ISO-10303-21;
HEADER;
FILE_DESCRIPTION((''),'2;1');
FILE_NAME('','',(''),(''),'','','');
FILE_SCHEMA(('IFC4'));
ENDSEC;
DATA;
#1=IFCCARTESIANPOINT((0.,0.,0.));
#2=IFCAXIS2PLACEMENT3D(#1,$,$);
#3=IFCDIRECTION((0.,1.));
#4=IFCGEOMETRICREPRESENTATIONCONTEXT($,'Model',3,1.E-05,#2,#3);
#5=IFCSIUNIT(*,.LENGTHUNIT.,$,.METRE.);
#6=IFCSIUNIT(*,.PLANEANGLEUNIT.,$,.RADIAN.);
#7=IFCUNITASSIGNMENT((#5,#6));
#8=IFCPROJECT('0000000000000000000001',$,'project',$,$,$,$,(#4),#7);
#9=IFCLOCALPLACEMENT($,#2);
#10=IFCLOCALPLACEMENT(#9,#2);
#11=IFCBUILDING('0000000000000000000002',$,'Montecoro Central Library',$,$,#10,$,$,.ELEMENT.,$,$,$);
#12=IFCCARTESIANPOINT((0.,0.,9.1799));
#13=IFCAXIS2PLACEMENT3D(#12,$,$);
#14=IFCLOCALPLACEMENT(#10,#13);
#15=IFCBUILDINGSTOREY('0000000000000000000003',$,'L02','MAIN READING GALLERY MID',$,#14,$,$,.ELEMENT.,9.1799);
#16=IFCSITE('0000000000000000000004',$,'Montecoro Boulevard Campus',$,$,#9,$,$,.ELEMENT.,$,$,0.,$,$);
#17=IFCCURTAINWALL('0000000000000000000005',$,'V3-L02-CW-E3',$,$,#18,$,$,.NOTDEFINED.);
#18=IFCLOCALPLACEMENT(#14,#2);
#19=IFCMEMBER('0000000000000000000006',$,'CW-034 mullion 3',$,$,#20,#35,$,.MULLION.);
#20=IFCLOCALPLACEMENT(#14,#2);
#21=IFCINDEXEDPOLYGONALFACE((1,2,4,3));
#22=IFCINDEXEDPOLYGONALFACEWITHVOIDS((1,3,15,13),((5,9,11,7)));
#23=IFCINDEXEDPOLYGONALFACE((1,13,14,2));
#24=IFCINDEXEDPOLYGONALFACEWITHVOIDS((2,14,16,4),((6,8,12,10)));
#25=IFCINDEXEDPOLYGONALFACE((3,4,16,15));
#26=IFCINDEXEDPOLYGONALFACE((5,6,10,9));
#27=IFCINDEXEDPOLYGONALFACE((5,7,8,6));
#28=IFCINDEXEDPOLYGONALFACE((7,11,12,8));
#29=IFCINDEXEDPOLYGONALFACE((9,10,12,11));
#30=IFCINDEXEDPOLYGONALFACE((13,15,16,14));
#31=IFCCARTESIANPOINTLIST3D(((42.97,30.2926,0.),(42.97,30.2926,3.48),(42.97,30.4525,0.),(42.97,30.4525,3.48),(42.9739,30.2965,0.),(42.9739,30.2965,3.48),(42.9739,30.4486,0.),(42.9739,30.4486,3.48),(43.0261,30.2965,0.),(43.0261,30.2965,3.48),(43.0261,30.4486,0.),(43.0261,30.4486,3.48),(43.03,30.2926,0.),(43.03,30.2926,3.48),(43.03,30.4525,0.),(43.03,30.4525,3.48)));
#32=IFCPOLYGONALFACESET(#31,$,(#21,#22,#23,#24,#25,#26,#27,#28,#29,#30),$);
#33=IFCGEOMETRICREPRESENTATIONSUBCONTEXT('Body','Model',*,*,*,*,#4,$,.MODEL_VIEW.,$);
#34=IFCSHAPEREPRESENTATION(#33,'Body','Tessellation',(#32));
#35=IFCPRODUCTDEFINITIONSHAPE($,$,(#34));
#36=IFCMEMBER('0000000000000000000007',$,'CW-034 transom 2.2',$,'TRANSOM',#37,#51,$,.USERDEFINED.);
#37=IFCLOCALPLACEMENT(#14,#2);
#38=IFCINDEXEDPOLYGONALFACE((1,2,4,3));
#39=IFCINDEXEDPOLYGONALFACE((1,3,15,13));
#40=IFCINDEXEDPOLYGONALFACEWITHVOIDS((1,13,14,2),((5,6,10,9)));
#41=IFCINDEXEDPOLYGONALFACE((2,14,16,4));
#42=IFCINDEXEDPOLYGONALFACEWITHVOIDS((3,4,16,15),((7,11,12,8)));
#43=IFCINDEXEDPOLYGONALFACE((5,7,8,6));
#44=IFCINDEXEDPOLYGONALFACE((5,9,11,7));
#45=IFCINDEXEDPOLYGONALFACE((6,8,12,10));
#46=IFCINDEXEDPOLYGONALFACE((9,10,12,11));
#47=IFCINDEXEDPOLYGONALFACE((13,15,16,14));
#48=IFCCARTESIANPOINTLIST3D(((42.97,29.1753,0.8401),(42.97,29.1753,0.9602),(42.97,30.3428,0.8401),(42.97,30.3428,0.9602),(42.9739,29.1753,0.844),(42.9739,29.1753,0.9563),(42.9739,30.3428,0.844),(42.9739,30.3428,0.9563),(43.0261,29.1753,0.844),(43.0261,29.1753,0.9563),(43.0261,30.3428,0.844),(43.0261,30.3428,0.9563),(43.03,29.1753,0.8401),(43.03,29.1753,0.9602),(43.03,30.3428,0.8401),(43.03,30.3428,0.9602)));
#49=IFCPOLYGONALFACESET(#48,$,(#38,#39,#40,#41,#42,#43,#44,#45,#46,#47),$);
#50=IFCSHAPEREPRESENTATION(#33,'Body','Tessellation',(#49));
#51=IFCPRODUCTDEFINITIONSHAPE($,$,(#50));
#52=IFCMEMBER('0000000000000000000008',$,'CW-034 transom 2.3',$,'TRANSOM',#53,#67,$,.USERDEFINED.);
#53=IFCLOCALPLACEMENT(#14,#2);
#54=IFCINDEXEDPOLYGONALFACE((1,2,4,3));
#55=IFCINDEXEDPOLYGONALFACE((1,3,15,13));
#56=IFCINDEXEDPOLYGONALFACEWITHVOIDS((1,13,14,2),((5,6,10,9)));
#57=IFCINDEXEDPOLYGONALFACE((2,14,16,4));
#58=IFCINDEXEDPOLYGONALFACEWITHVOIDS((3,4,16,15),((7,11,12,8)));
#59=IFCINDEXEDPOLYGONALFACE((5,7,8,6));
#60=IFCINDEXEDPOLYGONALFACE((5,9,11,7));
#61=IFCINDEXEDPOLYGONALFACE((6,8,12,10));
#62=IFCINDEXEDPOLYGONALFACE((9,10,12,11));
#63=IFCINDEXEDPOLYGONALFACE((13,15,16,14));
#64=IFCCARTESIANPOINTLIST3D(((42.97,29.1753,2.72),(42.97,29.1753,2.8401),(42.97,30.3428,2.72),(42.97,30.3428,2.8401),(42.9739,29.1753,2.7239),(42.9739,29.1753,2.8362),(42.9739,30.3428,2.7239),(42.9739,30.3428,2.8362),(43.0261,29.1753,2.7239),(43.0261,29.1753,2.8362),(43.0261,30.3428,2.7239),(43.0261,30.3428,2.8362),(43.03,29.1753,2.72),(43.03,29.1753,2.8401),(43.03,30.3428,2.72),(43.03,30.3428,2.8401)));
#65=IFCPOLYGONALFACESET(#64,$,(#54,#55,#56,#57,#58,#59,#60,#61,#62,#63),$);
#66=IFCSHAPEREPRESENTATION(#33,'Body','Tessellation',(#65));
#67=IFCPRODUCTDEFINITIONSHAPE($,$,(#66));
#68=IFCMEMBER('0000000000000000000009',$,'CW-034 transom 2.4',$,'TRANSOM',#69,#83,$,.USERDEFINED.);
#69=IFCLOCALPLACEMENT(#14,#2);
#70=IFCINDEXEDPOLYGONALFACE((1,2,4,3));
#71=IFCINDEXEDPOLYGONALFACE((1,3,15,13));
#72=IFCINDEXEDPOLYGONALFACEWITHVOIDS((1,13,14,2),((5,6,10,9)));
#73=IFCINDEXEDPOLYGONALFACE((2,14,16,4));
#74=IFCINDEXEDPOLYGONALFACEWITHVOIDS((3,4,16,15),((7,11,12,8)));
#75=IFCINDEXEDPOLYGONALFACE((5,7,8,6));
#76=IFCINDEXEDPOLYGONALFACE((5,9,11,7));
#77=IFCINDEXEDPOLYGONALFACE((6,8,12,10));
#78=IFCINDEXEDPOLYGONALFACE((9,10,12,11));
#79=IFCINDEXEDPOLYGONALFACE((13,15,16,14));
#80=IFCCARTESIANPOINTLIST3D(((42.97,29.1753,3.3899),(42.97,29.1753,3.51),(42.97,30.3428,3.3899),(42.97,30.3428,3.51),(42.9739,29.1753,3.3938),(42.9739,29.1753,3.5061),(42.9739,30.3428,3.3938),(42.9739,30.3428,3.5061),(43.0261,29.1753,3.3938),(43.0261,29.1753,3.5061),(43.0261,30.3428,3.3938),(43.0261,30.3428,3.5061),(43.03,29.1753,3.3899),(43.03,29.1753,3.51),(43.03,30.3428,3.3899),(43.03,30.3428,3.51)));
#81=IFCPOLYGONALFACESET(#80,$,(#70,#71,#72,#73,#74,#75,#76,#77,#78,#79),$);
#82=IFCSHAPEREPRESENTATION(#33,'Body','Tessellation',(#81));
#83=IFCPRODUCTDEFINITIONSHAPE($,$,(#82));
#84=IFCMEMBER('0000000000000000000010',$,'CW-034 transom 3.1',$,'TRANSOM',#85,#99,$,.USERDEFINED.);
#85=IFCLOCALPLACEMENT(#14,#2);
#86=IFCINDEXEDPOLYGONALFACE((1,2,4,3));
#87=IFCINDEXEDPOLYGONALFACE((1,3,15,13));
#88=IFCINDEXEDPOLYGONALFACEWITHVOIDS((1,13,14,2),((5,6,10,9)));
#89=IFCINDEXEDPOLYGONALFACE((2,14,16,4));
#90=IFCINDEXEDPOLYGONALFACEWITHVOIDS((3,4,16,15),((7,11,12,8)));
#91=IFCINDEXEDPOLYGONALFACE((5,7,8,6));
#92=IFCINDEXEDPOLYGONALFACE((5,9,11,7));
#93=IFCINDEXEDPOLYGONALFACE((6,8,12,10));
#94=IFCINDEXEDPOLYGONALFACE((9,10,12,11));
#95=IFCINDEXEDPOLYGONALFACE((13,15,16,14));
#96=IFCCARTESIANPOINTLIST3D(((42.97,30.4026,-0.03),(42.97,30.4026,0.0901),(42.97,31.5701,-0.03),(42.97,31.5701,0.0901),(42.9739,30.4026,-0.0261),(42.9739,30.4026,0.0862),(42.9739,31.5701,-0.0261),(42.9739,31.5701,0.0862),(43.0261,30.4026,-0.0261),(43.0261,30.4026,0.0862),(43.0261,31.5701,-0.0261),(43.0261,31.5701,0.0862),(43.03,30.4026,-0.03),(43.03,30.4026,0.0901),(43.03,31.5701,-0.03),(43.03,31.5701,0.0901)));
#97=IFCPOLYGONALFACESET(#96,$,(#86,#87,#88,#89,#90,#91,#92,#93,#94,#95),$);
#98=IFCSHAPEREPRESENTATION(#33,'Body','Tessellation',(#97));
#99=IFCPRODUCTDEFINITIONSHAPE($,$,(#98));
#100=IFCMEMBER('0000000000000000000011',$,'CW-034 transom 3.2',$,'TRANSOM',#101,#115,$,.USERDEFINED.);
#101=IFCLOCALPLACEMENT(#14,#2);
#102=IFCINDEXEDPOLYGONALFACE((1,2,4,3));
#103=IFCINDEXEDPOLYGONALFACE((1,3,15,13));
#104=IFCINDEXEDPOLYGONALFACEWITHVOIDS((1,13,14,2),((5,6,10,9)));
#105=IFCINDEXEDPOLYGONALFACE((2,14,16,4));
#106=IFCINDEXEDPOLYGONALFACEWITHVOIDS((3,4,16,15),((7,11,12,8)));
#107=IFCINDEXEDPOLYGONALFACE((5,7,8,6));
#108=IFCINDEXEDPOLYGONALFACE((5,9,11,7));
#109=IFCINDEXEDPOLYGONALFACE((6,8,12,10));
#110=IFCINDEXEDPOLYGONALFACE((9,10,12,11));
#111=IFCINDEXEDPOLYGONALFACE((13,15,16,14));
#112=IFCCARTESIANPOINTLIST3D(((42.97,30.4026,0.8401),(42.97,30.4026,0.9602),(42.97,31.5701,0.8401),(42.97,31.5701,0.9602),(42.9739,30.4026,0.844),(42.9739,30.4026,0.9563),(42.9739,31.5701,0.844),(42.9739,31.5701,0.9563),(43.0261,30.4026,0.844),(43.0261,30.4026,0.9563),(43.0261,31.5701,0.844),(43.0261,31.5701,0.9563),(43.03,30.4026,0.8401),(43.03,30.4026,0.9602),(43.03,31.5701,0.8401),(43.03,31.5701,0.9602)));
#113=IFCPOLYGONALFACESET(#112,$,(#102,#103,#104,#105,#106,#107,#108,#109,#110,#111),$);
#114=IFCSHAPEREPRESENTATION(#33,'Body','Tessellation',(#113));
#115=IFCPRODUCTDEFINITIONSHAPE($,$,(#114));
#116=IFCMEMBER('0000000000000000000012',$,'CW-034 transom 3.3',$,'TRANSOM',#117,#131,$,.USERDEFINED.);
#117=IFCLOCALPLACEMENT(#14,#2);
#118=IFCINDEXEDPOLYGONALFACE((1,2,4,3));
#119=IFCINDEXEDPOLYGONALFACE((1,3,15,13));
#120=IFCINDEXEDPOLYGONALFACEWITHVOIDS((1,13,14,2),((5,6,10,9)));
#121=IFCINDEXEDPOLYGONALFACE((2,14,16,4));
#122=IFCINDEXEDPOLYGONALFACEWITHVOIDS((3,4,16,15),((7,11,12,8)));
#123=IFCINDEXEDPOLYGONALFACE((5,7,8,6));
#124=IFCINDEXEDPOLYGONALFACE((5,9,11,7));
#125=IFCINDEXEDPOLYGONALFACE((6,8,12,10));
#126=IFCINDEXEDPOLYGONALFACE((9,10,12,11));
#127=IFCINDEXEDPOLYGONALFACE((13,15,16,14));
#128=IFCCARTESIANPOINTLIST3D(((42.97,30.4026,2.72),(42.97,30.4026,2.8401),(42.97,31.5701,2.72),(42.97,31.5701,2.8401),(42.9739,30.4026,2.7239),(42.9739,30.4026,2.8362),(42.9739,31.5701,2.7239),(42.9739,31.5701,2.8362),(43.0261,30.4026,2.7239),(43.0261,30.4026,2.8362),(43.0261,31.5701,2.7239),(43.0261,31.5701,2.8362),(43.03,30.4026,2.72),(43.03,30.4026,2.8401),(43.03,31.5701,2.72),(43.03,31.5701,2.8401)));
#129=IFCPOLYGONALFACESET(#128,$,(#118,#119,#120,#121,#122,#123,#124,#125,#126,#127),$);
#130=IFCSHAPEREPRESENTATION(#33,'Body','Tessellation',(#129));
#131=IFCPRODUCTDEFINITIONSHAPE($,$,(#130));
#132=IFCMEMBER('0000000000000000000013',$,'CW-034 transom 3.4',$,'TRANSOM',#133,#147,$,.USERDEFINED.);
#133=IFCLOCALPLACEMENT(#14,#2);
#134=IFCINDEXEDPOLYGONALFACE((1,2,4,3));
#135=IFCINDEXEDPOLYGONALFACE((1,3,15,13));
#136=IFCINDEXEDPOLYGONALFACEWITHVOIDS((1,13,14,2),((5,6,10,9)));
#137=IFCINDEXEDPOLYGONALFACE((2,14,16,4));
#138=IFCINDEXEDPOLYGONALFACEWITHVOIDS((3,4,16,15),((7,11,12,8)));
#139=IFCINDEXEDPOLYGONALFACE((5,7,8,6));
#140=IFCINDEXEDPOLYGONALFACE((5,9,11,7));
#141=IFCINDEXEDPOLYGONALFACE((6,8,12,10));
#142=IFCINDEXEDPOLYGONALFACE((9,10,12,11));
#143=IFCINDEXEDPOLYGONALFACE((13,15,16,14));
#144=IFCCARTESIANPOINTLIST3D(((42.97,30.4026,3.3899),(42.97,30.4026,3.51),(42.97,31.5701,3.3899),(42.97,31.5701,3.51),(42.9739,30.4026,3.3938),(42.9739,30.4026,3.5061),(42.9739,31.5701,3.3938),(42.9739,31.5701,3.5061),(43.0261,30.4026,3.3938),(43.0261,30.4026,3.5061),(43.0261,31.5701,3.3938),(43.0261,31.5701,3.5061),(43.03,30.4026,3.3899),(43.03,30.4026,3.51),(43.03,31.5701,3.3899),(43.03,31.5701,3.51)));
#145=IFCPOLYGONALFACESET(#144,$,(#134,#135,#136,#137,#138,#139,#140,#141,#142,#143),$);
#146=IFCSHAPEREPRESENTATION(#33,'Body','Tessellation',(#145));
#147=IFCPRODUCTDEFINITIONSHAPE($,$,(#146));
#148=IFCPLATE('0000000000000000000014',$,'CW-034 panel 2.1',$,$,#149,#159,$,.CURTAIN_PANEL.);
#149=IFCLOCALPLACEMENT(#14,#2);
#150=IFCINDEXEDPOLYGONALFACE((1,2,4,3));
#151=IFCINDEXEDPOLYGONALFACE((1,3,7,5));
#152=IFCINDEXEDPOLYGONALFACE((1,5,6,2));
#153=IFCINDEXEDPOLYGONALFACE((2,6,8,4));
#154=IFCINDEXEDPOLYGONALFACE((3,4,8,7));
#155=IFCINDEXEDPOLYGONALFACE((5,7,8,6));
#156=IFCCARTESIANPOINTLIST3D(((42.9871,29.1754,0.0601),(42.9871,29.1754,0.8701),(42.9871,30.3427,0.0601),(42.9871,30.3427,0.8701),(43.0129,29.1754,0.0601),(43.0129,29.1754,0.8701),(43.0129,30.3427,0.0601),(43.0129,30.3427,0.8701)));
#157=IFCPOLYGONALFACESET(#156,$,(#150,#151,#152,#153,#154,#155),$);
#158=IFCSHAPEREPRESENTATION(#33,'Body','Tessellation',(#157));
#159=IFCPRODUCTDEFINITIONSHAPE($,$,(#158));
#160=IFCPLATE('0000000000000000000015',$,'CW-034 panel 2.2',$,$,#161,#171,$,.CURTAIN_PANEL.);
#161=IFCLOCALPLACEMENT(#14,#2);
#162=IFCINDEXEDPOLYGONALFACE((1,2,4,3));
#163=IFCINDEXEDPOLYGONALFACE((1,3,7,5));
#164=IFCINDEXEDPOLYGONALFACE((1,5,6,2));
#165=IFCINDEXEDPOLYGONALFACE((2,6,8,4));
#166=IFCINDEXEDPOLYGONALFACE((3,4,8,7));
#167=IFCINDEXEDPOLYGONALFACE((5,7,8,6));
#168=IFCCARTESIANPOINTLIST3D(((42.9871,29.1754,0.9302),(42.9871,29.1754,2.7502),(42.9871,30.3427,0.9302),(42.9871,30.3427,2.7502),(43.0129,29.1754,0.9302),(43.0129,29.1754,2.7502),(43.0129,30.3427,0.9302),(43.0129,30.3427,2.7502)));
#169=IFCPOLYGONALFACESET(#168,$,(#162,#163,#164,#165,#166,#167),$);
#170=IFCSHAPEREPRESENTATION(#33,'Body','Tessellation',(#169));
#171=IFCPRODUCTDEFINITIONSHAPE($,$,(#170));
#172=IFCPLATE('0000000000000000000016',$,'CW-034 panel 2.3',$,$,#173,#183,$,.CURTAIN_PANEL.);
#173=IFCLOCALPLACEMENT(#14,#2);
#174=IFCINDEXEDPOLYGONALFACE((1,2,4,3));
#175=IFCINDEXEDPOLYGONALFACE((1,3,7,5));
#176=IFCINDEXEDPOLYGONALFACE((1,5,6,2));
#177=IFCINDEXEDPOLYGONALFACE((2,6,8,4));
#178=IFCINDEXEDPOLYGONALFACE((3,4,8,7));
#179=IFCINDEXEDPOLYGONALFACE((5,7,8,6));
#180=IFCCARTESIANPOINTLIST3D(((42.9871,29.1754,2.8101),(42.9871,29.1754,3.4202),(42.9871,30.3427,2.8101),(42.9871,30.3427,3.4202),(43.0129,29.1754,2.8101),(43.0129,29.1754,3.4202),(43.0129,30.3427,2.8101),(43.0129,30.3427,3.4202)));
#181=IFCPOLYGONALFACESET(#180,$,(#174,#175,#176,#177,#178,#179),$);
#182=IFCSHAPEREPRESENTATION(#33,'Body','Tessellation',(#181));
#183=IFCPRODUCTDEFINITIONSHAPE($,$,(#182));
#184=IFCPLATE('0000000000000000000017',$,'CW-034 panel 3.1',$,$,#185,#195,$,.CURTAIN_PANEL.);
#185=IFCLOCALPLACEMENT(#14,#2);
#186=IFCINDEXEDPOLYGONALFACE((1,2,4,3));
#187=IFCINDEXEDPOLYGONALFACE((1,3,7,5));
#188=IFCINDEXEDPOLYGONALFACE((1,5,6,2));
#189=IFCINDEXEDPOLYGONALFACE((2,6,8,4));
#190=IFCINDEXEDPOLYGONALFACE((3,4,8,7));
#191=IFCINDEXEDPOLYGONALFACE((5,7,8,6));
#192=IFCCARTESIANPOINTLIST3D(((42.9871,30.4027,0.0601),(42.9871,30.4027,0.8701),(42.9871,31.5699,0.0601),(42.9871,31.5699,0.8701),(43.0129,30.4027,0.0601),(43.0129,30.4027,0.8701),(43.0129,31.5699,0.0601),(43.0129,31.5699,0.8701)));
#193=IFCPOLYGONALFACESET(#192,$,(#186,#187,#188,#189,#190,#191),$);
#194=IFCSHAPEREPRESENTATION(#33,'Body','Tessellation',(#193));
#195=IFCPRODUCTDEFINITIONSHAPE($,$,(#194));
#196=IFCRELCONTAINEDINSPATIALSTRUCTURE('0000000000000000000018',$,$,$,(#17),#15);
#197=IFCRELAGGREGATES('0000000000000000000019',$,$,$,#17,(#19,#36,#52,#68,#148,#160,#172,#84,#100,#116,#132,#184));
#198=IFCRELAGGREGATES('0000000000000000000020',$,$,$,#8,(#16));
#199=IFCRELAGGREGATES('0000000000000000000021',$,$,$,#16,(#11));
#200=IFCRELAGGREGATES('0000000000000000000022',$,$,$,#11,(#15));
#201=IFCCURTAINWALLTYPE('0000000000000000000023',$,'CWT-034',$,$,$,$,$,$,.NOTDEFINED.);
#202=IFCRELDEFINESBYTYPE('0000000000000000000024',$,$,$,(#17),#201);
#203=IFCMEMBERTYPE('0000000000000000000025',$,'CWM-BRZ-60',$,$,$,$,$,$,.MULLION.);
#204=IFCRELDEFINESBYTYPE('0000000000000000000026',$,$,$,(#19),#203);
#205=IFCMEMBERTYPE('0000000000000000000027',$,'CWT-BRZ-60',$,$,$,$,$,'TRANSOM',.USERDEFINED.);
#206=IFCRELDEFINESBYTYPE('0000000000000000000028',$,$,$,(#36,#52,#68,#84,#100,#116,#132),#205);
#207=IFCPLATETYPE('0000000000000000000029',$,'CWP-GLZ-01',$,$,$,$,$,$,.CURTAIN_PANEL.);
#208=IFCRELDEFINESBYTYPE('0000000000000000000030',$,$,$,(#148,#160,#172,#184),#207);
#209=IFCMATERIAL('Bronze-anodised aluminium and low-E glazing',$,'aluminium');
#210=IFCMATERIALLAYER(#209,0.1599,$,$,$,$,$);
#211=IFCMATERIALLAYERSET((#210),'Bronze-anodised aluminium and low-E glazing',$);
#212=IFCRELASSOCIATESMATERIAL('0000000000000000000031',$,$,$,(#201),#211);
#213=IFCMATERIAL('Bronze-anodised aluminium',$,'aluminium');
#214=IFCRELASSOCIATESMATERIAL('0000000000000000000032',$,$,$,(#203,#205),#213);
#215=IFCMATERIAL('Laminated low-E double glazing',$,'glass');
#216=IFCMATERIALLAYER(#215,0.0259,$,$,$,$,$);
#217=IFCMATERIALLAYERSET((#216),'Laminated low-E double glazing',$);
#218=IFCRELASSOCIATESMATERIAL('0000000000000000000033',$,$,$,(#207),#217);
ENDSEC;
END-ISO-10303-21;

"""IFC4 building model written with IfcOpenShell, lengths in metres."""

from ifc_helpers import new_model, si_unit, direction, frame, origin, origin_2d, place, context, subcontext, project, spatial, rectangle, hollow_rectangle, extrude, material, layer, layer_set, material_profile, profile_set, type_object, element, aggregate, save


model = new_model("IFC4")

# Units and contexts
model_context = context("Model", 3, precision=1e-05, world=origin(), true_north=direction((0.0, 1.0)))
body_context = subcontext(model_context, "Body", "Model", "MODEL_VIEW")
ifc_project = project(units=[si_unit("LENGTHUNIT", "METRE"), si_unit("PLANEANGLEUNIT", "RADIAN")], contexts=[model_context])

# Site, building, storey
site_placement = place(None, origin())
site = spatial("IfcSite", under=ifc_project, at=site_placement, Name="Montecoro Boulevard Campus", CompositionType="ELEMENT", RefElevation=0.0)
building_placement = place(site_placement, origin())
building = spatial("IfcBuilding", under=site, at=building_placement, Name="Montecoro Central Library", CompositionType="ELEMENT")
storey_placement = place(building_placement, frame((0.0, 0.0, 9.1799)))
storey = spatial("IfcBuildingStorey", under=building, at=storey_placement, Name="L02", Description="MAIN READING GALLERY MID", CompositionType="ELEMENT", Elevation=9.1799)

# Curtain wall, members, plates
ifc_material_1 = material(Name="Bronze-anodised aluminium and low-E glazing", Category="aluminium")
ifc_layer_1 = layer(ifc_material_1, 0.1599)
ifc_layer_set_1 = layer_set([ifc_layer_1], Name="Bronze-anodised aluminium and low-E glazing")
curtain_wall_type = type_object("IfcCurtainWallType", Name="CWT-034", PredefinedType="NOTDEFINED", material=ifc_layer_set_1)
curtain_wall_placement = place(storey_placement, origin())
curtain_wall = element("IfcCurtainWall", 1, at=curtain_wall_placement, inside=storey, type_object=curtain_wall_type, Name="V3-L02-CW-E3", PredefinedType="NOTDEFINED")
ifc_material_2 = material(Name="Bronze-anodised aluminium", Category="aluminium")
ifc_material_profile_1 = material_profile(ifc_material_2, hollow_rectangle(XDim=0.0601, YDim=0.1599, WallThickness=0.0039, at=origin_2d()), Name="CWM 160x60x4.0")
ifc_profile_set_1 = profile_set([ifc_material_profile_1], Name="Bronze-anodised aluminium")
member_type_1 = type_object("IfcMemberType", Name="CWM-BRZ-60", PredefinedType="MULLION", material=ifc_profile_set_1)
member_1_placement = place(storey_placement, frame((43.0, 30.3726, 0.0), z_axis=(0.0, 0.0, 1.0), x_axis=(-1.0, 0.0, 0.0)))
member_1 = element("IfcMember", 2, at=member_1_placement, type_object=member_type_1, Name="CW-034 mullion 3", PredefinedType="MULLION", context=body_context, shape_type="SweptSolid", body=[
    extrude(hollow_rectangle(XDim=0.0601, YDim=0.1599, WallThickness=0.0039, at=origin_2d()), origin(), (0.0, 0.0, 1.0), 3.48),
])
ifc_material_profile_2 = material_profile(ifc_material_2, hollow_rectangle(XDim=0.0601, YDim=0.1201, WallThickness=0.0039, at=origin_2d()), Name="CWT 120x60x4.0")
ifc_profile_set_2 = profile_set([ifc_material_profile_2], Name="Bronze-anodised aluminium")
member_type_2 = type_object("IfcMemberType", Name="CWT-BRZ-60", ElementType="TRANSOM", PredefinedType="USERDEFINED", material=ifc_profile_set_2)
member_2_placement = place(storey_placement, frame((43.0, 29.1753, 0.9001), z_axis=(0.0, 1.0, 0.0), x_axis=(-1.0, 0.0, 0.0)))
member_2 = element("IfcMember", 3, at=member_2_placement, type_object=member_type_2, Name="CW-034 transom 2.2", ObjectType="TRANSOM", PredefinedType="USERDEFINED", context=body_context, shape_type="SweptSolid", body=[
    extrude(hollow_rectangle(XDim=0.0601, YDim=0.1201, WallThickness=0.0039, at=origin_2d()), origin(), (0.0, 0.0, 1.0), 1.1675),
])
member_3_placement = place(storey_placement, frame((43.0, 29.1753, 2.78), z_axis=(0.0, 1.0, 0.0), x_axis=(-1.0, 0.0, 0.0)))
member_3 = element("IfcMember", 4, at=member_3_placement, type_object=member_type_2, Name="CW-034 transom 2.3", ObjectType="TRANSOM", PredefinedType="USERDEFINED", context=body_context, shape_type="SweptSolid", body=[
    extrude(hollow_rectangle(XDim=0.0601, YDim=0.1201, WallThickness=0.0039, at=origin_2d()), origin(), (0.0, 0.0, 1.0), 1.1675),
])
member_4_placement = place(storey_placement, frame((43.0, 29.1753, 3.45), z_axis=(0.0, 1.0, 0.0), x_axis=(-1.0, 0.0, 0.0)))
member_4 = element("IfcMember", 5, at=member_4_placement, type_object=member_type_2, Name="CW-034 transom 2.4", ObjectType="TRANSOM", PredefinedType="USERDEFINED", context=body_context, shape_type="SweptSolid", body=[
    extrude(hollow_rectangle(XDim=0.0601, YDim=0.1201, WallThickness=0.0039, at=origin_2d()), origin(), (0.0, 0.0, 1.0), 1.1675),
])
member_5_placement = place(storey_placement, frame((43.0, 30.4026, 0.03), z_axis=(0.0, 1.0, 0.0), x_axis=(-1.0, 0.0, 0.0)))
member_5 = element("IfcMember", 6, at=member_5_placement, type_object=member_type_2, Name="CW-034 transom 3.1", ObjectType="TRANSOM", PredefinedType="USERDEFINED", context=body_context, shape_type="SweptSolid", body=[
    extrude(hollow_rectangle(XDim=0.0601, YDim=0.1201, WallThickness=0.0039, at=origin_2d()), origin(), (0.0, 0.0, 1.0), 1.1675),
])
member_6_placement = place(storey_placement, frame((43.0, 30.4026, 0.9001), z_axis=(0.0, 1.0, 0.0), x_axis=(-1.0, 0.0, 0.0)))
member_6 = element("IfcMember", 7, at=member_6_placement, type_object=member_type_2, Name="CW-034 transom 3.2", ObjectType="TRANSOM", PredefinedType="USERDEFINED", context=body_context, shape_type="SweptSolid", body=[
    extrude(hollow_rectangle(XDim=0.0601, YDim=0.1201, WallThickness=0.0039, at=origin_2d()), origin(), (0.0, 0.0, 1.0), 1.1675),
])
member_7_placement = place(storey_placement, frame((43.0, 30.4026, 2.78), z_axis=(0.0, 1.0, 0.0), x_axis=(-1.0, 0.0, 0.0)))
member_7 = element("IfcMember", 8, at=member_7_placement, type_object=member_type_2, Name="CW-034 transom 3.3", ObjectType="TRANSOM", PredefinedType="USERDEFINED", context=body_context, shape_type="SweptSolid", body=[
    extrude(hollow_rectangle(XDim=0.0601, YDim=0.1201, WallThickness=0.0039, at=origin_2d()), origin(), (0.0, 0.0, 1.0), 1.1675),
])
member_8_placement = place(storey_placement, frame((43.0, 30.4026, 3.45), z_axis=(0.0, 1.0, 0.0), x_axis=(-1.0, 0.0, 0.0)))
member_8 = element("IfcMember", 9, at=member_8_placement, type_object=member_type_2, Name="CW-034 transom 3.4", ObjectType="TRANSOM", PredefinedType="USERDEFINED", context=body_context, shape_type="SweptSolid", body=[
    extrude(hollow_rectangle(XDim=0.0601, YDim=0.1201, WallThickness=0.0039, at=origin_2d()), origin(), (0.0, 0.0, 1.0), 1.1675),
])
ifc_material_3 = material(Name="Laminated low-E double glazing", Category="glass")
ifc_layer_2 = layer(ifc_material_3, 0.0259)
ifc_layer_set_2 = layer_set([ifc_layer_2], Name="Laminated low-E double glazing")
plate_type = type_object("IfcPlateType", Name="CWP-GLZ-01", PredefinedType="CURTAIN_PANEL", material=ifc_layer_set_2)
plate_1_placement = place(storey_placement, frame((43.0, 29.759, 0.0601), z_axis=(0.0, 0.0, 1.0), x_axis=(0.0, 1.0, 0.0)))
plate_1 = element("IfcPlate", 10, at=plate_1_placement, type_object=plate_type, Name="CW-034 panel 2.1", PredefinedType="CURTAIN_PANEL", context=body_context, shape_type="SweptSolid", body=[
    extrude(rectangle(XDim=1.1672, YDim=0.0259, at=origin_2d()), origin(), (0.0, 0.0, 1.0), 0.8101),
])
plate_2_placement = place(storey_placement, frame((43.0, 29.759, 0.9302), z_axis=(0.0, 0.0, 1.0), x_axis=(0.0, 1.0, 0.0)))
plate_2 = element("IfcPlate", 11, at=plate_2_placement, type_object=plate_type, Name="CW-034 panel 2.2", PredefinedType="CURTAIN_PANEL", context=body_context, shape_type="SweptSolid", body=[
    extrude(rectangle(XDim=1.1672, YDim=0.0259, at=origin_2d()), origin(), (0.0, 0.0, 1.0), 1.8201),
])
plate_3_placement = place(storey_placement, frame((43.0, 29.759, 2.8101), z_axis=(0.0, 0.0, 1.0), x_axis=(0.0, 1.0, 0.0)))
plate_3 = element("IfcPlate", 12, at=plate_3_placement, type_object=plate_type, Name="CW-034 panel 2.3", PredefinedType="CURTAIN_PANEL", context=body_context, shape_type="SweptSolid", body=[
    extrude(rectangle(XDim=1.1672, YDim=0.0259, at=origin_2d()), origin(), (0.0, 0.0, 1.0), 0.6101),
])
plate_4_placement = place(storey_placement, frame((43.0, 30.9863, 0.0601), z_axis=(0.0, 0.0, 1.0), x_axis=(0.0, 1.0, 0.0)))
plate_4 = element("IfcPlate", 13, at=plate_4_placement, type_object=plate_type, Name="CW-034 panel 3.1", PredefinedType="CURTAIN_PANEL", context=body_context, shape_type="SweptSolid", body=[
    extrude(rectangle(XDim=1.1672, YDim=0.0259, at=origin_2d()), origin(), (0.0, 0.0, 1.0), 0.8101),
])
aggregate(curtain_wall, [member_1, member_2, member_3, member_4, plate_1, plate_2, plate_3, member_5, member_6, member_7, member_8, plate_4])

save(model, "model.ifc")
